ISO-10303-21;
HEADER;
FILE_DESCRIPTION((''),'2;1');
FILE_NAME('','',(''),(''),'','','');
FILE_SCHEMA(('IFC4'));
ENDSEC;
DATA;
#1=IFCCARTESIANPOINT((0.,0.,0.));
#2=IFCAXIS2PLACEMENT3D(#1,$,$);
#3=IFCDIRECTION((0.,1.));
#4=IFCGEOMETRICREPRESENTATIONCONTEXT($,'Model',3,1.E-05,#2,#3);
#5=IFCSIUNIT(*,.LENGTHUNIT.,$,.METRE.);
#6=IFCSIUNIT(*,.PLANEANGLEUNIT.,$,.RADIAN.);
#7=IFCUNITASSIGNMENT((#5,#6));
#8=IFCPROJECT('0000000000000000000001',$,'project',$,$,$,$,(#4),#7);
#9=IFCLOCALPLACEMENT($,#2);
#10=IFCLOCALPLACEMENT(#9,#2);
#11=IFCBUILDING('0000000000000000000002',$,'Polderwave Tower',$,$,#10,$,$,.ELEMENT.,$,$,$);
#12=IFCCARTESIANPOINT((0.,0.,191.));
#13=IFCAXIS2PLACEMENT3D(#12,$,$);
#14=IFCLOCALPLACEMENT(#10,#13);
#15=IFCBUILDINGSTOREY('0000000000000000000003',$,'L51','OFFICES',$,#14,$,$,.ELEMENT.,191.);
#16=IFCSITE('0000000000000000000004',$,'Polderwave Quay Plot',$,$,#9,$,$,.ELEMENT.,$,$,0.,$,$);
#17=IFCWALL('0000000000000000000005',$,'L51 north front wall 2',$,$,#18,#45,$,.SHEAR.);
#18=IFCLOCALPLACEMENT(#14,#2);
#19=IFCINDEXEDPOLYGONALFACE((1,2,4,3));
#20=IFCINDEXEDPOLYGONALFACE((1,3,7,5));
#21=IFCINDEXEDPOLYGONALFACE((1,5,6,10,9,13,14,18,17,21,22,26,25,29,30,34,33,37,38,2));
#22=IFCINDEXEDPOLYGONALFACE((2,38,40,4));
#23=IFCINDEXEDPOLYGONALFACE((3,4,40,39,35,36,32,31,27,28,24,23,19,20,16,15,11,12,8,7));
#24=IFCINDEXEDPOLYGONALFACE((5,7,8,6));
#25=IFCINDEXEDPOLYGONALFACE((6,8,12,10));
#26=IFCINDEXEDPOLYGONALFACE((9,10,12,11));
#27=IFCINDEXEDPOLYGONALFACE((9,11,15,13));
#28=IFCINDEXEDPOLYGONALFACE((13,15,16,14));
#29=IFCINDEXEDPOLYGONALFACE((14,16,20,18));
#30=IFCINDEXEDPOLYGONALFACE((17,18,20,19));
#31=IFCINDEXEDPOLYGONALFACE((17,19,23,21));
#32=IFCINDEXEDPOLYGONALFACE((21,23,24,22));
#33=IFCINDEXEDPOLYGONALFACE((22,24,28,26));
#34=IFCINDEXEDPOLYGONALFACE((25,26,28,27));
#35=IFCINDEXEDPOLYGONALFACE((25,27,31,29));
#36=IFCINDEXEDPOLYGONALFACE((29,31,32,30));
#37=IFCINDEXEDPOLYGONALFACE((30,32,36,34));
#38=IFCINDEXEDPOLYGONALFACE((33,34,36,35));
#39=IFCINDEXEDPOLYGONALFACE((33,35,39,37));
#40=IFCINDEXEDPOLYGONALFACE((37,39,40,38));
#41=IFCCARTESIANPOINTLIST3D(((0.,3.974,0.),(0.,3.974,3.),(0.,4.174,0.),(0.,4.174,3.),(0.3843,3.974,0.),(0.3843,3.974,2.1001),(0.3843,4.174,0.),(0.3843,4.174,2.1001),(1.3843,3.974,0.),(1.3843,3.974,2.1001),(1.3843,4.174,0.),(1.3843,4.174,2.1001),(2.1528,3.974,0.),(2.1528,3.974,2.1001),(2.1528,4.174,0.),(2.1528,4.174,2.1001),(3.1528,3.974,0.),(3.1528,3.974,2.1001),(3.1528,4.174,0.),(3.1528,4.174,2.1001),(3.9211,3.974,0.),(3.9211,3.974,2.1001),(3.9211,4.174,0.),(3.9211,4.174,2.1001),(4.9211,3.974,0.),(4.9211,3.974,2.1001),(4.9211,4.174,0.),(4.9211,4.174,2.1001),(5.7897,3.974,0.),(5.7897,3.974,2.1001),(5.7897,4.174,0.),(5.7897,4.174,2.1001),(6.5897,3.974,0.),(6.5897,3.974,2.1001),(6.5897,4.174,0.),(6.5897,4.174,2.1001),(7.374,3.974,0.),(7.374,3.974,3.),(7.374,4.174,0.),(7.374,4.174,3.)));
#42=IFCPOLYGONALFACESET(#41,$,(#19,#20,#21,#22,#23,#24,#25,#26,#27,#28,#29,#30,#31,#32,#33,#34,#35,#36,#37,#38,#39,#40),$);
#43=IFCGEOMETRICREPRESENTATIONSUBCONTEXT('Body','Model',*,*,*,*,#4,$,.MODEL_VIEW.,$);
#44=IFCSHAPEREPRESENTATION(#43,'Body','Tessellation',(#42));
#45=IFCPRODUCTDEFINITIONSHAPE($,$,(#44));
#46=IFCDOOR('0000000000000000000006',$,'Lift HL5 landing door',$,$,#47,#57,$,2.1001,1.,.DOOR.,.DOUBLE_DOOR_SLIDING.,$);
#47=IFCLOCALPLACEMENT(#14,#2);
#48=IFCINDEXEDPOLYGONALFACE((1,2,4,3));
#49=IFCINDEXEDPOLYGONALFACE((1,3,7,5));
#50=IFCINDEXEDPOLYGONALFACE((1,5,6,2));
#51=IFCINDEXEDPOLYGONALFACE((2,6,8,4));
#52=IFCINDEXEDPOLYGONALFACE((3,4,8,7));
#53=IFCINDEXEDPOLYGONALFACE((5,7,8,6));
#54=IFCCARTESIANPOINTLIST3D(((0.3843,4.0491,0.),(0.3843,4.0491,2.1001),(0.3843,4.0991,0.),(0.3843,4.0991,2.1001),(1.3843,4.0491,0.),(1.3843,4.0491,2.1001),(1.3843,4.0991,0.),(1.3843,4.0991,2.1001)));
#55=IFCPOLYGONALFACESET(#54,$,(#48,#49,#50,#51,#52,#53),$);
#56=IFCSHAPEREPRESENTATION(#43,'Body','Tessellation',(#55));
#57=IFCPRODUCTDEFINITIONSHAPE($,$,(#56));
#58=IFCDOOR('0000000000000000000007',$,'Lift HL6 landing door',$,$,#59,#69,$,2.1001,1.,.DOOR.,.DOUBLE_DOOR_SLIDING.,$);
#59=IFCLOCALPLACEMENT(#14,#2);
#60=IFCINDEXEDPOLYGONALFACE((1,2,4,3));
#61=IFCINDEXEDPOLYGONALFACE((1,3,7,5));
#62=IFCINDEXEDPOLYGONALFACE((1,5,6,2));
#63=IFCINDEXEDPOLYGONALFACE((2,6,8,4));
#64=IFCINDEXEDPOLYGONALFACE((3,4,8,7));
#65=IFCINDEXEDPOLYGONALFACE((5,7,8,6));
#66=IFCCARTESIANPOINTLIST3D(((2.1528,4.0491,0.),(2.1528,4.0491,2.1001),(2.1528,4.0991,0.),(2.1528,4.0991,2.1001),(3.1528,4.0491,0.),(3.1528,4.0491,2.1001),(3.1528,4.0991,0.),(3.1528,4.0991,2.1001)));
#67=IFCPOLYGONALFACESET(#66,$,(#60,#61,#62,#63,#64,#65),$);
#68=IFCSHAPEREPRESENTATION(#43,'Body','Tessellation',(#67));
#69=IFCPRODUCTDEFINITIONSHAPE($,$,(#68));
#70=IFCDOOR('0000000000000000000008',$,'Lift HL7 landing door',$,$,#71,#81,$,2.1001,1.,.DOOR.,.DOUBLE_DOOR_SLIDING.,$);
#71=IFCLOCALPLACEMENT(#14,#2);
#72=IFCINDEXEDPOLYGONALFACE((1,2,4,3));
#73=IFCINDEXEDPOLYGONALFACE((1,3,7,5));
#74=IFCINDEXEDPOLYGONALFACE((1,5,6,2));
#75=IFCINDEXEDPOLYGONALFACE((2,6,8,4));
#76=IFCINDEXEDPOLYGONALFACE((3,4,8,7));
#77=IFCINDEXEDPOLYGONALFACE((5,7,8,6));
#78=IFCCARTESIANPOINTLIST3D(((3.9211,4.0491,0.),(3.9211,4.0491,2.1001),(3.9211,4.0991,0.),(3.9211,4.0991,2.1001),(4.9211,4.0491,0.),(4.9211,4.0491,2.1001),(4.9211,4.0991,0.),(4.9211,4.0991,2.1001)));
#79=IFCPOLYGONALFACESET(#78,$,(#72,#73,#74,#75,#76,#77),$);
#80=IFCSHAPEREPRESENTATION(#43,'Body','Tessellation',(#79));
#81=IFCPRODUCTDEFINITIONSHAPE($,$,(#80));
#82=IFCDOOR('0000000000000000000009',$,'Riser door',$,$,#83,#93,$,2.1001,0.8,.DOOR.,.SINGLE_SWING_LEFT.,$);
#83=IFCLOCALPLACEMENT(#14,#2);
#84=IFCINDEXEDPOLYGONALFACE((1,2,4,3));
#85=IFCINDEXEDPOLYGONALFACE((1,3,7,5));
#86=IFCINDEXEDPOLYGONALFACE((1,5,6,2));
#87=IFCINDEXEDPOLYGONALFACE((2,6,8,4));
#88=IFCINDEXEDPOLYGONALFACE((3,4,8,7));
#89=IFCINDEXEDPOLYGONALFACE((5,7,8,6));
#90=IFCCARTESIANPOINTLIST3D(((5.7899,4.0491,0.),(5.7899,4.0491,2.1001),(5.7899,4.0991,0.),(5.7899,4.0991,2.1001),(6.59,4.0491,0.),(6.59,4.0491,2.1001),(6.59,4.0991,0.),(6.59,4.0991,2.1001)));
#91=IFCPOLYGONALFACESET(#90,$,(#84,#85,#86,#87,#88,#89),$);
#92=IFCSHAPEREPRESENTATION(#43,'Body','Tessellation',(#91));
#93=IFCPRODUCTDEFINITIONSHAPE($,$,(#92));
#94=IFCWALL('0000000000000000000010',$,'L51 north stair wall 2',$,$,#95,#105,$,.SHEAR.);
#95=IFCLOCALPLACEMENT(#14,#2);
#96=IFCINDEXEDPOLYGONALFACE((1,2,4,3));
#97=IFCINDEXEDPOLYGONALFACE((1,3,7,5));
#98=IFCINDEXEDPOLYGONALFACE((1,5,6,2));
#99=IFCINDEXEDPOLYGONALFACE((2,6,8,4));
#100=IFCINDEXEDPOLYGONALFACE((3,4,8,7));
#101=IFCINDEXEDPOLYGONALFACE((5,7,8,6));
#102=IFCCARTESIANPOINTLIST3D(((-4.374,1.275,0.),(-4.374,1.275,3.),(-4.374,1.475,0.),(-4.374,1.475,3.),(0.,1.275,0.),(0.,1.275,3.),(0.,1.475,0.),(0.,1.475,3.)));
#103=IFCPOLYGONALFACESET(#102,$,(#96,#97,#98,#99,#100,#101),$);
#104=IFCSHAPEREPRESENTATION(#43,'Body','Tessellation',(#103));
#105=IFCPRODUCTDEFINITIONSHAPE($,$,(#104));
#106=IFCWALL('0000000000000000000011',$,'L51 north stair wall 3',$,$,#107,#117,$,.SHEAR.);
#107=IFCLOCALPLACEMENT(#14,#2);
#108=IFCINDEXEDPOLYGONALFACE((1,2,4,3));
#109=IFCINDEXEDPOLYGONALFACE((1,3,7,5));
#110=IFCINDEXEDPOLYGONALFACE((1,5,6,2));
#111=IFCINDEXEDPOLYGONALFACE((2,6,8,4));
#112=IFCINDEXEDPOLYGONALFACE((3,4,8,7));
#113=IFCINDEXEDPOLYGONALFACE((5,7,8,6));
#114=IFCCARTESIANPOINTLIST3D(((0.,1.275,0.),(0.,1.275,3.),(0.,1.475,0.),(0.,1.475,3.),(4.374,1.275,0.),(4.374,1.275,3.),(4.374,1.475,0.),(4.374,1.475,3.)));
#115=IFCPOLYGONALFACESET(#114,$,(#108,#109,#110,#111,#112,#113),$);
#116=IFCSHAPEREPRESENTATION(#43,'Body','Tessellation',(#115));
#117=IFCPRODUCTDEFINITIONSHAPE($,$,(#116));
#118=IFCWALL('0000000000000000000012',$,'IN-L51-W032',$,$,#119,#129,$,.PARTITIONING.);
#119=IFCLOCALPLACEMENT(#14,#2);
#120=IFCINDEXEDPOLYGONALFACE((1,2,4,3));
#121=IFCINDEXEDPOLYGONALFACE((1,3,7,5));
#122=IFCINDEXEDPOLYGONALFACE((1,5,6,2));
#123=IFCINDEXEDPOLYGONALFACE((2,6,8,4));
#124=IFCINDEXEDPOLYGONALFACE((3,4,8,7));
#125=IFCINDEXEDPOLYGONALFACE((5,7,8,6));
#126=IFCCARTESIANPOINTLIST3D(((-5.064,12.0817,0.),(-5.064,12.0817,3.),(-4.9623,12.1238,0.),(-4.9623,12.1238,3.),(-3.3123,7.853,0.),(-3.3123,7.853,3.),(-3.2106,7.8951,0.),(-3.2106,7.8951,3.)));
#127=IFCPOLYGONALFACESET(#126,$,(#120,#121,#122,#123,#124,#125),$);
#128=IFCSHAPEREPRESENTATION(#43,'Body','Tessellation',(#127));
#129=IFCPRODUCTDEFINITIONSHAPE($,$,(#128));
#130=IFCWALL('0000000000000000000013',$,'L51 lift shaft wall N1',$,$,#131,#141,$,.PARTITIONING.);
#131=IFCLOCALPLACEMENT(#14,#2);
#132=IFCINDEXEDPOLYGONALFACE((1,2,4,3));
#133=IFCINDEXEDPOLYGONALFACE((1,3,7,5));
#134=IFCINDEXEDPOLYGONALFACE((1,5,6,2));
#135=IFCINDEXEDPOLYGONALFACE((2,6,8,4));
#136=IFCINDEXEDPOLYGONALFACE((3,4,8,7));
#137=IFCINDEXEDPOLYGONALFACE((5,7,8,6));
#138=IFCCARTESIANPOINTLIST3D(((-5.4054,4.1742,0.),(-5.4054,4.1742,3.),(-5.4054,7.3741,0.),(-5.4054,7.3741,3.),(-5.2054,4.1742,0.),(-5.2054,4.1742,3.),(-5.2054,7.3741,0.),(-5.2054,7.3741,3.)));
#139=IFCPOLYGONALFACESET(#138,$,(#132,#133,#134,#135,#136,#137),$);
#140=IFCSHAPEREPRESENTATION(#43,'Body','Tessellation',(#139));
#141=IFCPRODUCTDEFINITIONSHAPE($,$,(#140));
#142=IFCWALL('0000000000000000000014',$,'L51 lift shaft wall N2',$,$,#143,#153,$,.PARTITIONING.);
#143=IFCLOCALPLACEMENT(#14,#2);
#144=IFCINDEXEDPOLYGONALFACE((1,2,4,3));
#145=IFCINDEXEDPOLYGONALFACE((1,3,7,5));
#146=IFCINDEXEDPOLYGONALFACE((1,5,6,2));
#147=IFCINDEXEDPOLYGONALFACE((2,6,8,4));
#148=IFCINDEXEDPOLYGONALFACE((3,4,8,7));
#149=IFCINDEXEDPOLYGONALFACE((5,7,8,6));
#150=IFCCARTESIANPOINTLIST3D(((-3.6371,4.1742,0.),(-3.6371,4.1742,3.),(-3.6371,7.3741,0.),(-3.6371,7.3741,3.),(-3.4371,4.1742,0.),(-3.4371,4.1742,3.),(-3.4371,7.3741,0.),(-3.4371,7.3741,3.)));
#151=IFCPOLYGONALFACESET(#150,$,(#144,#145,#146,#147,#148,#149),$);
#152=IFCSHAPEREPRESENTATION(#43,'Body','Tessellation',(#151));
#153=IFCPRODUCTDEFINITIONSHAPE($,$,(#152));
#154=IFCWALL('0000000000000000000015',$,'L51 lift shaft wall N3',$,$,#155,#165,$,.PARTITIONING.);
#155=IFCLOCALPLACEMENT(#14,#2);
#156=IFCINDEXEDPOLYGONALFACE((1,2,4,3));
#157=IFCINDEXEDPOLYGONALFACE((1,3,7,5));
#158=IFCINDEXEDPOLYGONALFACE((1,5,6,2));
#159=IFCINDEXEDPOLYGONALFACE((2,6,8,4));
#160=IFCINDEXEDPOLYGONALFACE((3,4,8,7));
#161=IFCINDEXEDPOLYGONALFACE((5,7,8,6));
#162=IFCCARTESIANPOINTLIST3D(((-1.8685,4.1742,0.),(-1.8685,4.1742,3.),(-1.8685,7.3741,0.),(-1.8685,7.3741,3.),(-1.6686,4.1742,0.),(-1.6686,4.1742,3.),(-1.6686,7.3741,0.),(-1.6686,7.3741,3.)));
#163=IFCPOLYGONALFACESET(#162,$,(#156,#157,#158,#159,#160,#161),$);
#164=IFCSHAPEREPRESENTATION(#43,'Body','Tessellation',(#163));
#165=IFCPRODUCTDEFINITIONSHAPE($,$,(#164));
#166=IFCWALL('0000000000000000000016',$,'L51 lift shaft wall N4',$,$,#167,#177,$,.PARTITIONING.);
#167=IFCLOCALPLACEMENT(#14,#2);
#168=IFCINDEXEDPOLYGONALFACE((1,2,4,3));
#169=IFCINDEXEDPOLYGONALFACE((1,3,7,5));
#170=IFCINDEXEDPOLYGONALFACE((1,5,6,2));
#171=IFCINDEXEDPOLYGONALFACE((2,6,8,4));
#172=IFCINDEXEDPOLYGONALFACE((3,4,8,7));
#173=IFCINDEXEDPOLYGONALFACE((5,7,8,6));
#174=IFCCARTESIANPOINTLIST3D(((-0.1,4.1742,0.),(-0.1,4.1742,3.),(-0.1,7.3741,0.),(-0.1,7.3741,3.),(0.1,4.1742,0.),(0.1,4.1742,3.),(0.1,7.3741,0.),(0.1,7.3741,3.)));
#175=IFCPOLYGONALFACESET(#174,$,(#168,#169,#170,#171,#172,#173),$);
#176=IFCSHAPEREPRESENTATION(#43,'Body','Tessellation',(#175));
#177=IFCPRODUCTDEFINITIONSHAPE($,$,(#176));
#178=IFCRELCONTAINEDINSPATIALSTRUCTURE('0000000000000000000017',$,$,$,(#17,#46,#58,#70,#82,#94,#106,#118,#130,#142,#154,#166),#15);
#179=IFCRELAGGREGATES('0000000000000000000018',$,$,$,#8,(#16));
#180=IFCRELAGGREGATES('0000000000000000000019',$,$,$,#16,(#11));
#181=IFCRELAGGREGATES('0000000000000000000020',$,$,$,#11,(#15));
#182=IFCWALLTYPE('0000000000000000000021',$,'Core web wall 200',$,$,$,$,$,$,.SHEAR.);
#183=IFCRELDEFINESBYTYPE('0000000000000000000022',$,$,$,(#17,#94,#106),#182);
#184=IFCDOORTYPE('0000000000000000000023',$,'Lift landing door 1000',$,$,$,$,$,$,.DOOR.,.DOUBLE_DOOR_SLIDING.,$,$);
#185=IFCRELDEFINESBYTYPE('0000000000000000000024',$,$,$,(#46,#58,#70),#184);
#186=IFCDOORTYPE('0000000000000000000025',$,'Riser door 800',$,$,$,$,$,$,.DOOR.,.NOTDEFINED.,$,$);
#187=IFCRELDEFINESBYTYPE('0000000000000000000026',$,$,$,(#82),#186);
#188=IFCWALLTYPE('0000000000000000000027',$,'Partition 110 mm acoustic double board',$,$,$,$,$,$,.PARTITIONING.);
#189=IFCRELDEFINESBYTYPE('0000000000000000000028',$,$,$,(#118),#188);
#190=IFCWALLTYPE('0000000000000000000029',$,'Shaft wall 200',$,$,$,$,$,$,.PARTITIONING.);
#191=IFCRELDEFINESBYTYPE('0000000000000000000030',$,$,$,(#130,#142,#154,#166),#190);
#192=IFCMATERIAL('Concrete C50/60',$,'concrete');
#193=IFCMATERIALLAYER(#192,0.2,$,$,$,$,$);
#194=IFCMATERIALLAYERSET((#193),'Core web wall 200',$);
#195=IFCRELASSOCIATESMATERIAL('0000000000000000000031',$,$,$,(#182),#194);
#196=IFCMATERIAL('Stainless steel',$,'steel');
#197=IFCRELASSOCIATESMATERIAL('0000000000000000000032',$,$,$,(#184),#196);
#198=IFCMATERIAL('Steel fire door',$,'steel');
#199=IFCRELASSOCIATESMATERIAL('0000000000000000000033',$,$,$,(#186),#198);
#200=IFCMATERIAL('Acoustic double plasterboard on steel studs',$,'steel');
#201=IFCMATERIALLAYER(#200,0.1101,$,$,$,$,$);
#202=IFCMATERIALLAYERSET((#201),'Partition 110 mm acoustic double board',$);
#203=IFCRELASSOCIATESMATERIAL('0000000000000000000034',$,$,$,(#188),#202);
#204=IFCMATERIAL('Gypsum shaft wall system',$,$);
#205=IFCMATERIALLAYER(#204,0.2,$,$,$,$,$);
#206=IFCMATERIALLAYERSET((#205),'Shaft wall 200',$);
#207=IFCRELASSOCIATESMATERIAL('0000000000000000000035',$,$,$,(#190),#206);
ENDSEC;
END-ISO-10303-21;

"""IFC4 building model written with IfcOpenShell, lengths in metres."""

from ifc_helpers import new_model, si_unit, direction, frame, frame_2d, origin, place, context, subcontext, project, spatial, rectangle, extrude, material, layer, layer_set, type_object, element, fill, save


model = new_model("IFC4")

# Units and contexts
model_context = context("Model", 3, precision=1e-05, world=origin(), true_north=direction((0.0, 1.0)))
body_context = subcontext(model_context, "Body", "Model", "MODEL_VIEW")
ifc_project = project(units=[si_unit("LENGTHUNIT", "METRE"), si_unit("PLANEANGLEUNIT", "RADIAN")], contexts=[model_context])

# Site, building, storey
site_placement = place(None, origin())
site = spatial("IfcSite", under=ifc_project, at=site_placement, Name="Polderwave Quay Plot", CompositionType="ELEMENT", RefElevation=0.0)
building_placement = place(site_placement, origin())
building = spatial("IfcBuilding", under=site, at=building_placement, Name="Polderwave Tower", CompositionType="ELEMENT")
storey_placement = place(building_placement, frame((0.0, 0.0, 191.0)))
storey = spatial("IfcBuildingStorey", under=building, at=storey_placement, Name="L51", Description="OFFICES", CompositionType="ELEMENT", Elevation=191.0)

# Wall, openings, doors
ifc_material_1 = material(Name="Concrete C50/60", Category="concrete")
ifc_layer_1 = layer(ifc_material_1, 0.2)
ifc_layer_set_1 = layer_set([ifc_layer_1], Name="Core web wall 200")
wall_type_1 = type_object("IfcWallType", Name="Core web wall 200", PredefinedType="SHEAR", material=ifc_layer_set_1)
wall_1_placement = place(storey_placement, frame((0.0, 4.074, 0.0), z_axis=(0.0, 0.0, 1.0), x_axis=(1.0, 0.0, 0.0)))
wall_1 = element("IfcWall", 1, at=wall_1_placement, inside=storey, type_object=wall_type_1, Name="L51 north front wall 2", PredefinedType="SHEAR", context=body_context, shape_type="SweptSolid", body=[
    extrude(rectangle(XDim=7.374, YDim=0.2, at=frame_2d((3.687, 0.0))), origin(), (0.0, 0.0, 1.0), 3.0),
])
opening_1_placement = place(wall_1_placement, frame((0.3843, 0.0, 0.0)))
opening_1 = element("IfcOpeningElement", 2, at=opening_1_placement, cuts=wall_1, PredefinedType="OPENING", context=body_context, shape_type="SweptSolid", body=[
    extrude(rectangle(XDim=1.0, YDim=2.1001, at=frame_2d((0.5, 1.05))), frame((0.0, 0.1099, 0.0), z_axis=(0.0, -1.0, 0.0), x_axis=(1.0, 0.0, 0.0)), (0.0, 0.0, 1.0), 0.22),
])
opening_2_placement = place(wall_1_placement, frame((2.1528, 0.0, 0.0)))
opening_2 = element("IfcOpeningElement", 3, at=opening_2_placement, cuts=wall_1, PredefinedType="OPENING", context=body_context, shape_type="SweptSolid", body=[
    extrude(rectangle(XDim=1.0, YDim=2.1001, at=frame_2d((0.5, 1.05))), frame((0.0, 0.1099, 0.0), z_axis=(0.0, -1.0, 0.0), x_axis=(1.0, 0.0, 0.0)), (0.0, 0.0, 1.0), 0.22),
])
opening_3_placement = place(wall_1_placement, frame((3.9211, 0.0, 0.0)))
opening_3 = element("IfcOpeningElement", 4, at=opening_3_placement, cuts=wall_1, PredefinedType="OPENING", context=body_context, shape_type="SweptSolid", body=[
    extrude(rectangle(XDim=1.0, YDim=2.1001, at=frame_2d((0.5, 1.05))), frame((0.0, 0.1099, 0.0), z_axis=(0.0, -1.0, 0.0), x_axis=(1.0, 0.0, 0.0)), (0.0, 0.0, 1.0), 0.22),
])
opening_4_placement = place(wall_1_placement, frame((5.7898, 0.0, 0.0)))
opening_4 = element("IfcOpeningElement", 5, at=opening_4_placement, cuts=wall_1, PredefinedType="OPENING", context=body_context, shape_type="SweptSolid", body=[
    extrude(rectangle(XDim=0.8, YDim=2.1001, at=frame_2d((0.3999, 1.05))), frame((0.0, 0.1099, 0.0), z_axis=(0.0, -1.0, 0.0), x_axis=(1.0, 0.0, 0.0)), (0.0, 0.0, 1.0), 0.22),
])
ifc_material_2 = material(Name="Stainless steel", Category="steel")
door_type_1 = type_object("IfcDoorType", Name="Lift landing door 1000", OperationType="DOUBLE_DOOR_SLIDING", PredefinedType="DOOR", material=ifc_material_2)
door_1_placement = place(opening_1_placement, frame((1.0, 0.0, 0.0), z_axis=(0.0, 0.0, 1.0), x_axis=(-1.0, 0.0, 0.0)))
door_1 = element("IfcDoor", 6, at=door_1_placement, inside=storey, type_object=door_type_1, Name="Lift HL5 landing door", OperationType="DOUBLE_DOOR_SLIDING", OverallHeight=2.1001, OverallWidth=1.0, PredefinedType="DOOR", context=body_context, shape_type="SweptSolid", body=[
    extrude(rectangle(XDim=1.0, YDim=2.1001, at=frame_2d((0.5, 1.05))), frame((0.0, 0.0249, 0.0), z_axis=(0.0, -1.0, 0.0), x_axis=(1.0, 0.0, 0.0)), (0.0, 0.0, 1.0), 0.05),
])
fill(opening_1, door_1)
door_2_placement = place(opening_2_placement, frame((1.0, 0.0, 0.0), z_axis=(0.0, 0.0, 1.0), x_axis=(-1.0, 0.0, 0.0)))
door_2 = element("IfcDoor", 7, at=door_2_placement, inside=storey, type_object=door_type_1, Name="Lift HL6 landing door", OperationType="DOUBLE_DOOR_SLIDING", OverallHeight=2.1001, OverallWidth=1.0, PredefinedType="DOOR", context=body_context, shape_type="SweptSolid", body=[
    extrude(rectangle(XDim=1.0, YDim=2.1001, at=frame_2d((0.5, 1.05))), frame((0.0, 0.0249, 0.0), z_axis=(0.0, -1.0, 0.0), x_axis=(1.0, 0.0, 0.0)), (0.0, 0.0, 1.0), 0.05),
])
fill(opening_2, door_2)
door_3_placement = place(opening_3_placement, frame((1.0, 0.0, 0.0), z_axis=(0.0, 0.0, 1.0), x_axis=(-1.0, 0.0, 0.0)))
door_3 = element("IfcDoor", 8, at=door_3_placement, inside=storey, type_object=door_type_1, Name="Lift HL7 landing door", OperationType="DOUBLE_DOOR_SLIDING", OverallHeight=2.1001, OverallWidth=1.0, PredefinedType="DOOR", context=body_context, shape_type="SweptSolid", body=[
    extrude(rectangle(XDim=1.0, YDim=2.1001, at=frame_2d((0.5, 1.05))), frame((0.0, 0.0249, 0.0), z_axis=(0.0, -1.0, 0.0), x_axis=(1.0, 0.0, 0.0)), (0.0, 0.0, 1.0), 0.05),
])
fill(opening_3, door_3)
ifc_material_3 = material(Name="Steel fire door", Category="steel")
door_type_2 = type_object("IfcDoorType", Name="Riser door 800", OperationType="NOTDEFINED", PredefinedType="DOOR", material=ifc_material_3)
door_4_placement = place(opening_4_placement, frame((0.8, 0.0, 0.0), z_axis=(0.0, 0.0, 1.0), x_axis=(-1.0, 0.0, 0.0)))
door_4 = element("IfcDoor", 9, at=door_4_placement, inside=storey, type_object=door_type_2, Name="Riser door", OperationType="SINGLE_SWING_LEFT", OverallHeight=2.1001, OverallWidth=0.8, PredefinedType="DOOR", context=body_context, shape_type="SweptSolid", body=[
    extrude(rectangle(XDim=0.8, YDim=2.1001, at=frame_2d((0.3999, 1.05))), frame((0.0, 0.0249, 0.0), z_axis=(0.0, -1.0, 0.0), x_axis=(1.0, 0.0, 0.0)), (0.0, 0.0, 1.0), 0.05),
])
fill(opening_4, door_4)

# Walls
for number, where, z_axis, x_axis, name in (
    (10, (-4.374, 1.375, 0.0), (0.0, 0.0, 1.0), (1.0, 0.0, 0.0), "L51 north stair wall 2"),
    (11, (0.0, 1.375, 0.0), (0.0, 0.0, 1.0), (1.0, 0.0, 0.0), "L51 north stair wall 3"),
):
    element("IfcWall", number, at=place(storey_placement, frame(where, z_axis=z_axis, x_axis=x_axis)), inside=storey, type_object=wall_type_1, Name=name, PredefinedType="SHEAR", context=body_context, shape_type="SweptSolid", body=[
        extrude(rectangle(XDim=4.374, YDim=0.2, at=frame_2d((2.187, 0.0))), origin(), (0.0, 0.0, 1.0), 3.0),
    ])
ifc_material_4 = material(Name="Acoustic double plasterboard on steel studs", Category="steel")
ifc_layer_2 = layer(ifc_material_4, 0.1101)
ifc_layer_set_2 = layer_set([ifc_layer_2], Name="Partition 110 mm acoustic double board")
wall_type_2 = type_object("IfcWallType", Name="Partition 110 mm acoustic double board", PredefinedType="PARTITIONING", material=ifc_layer_set_2)
wall_2_placement = place(storey_placement, frame((-3.2615, 7.874, 0.0), z_axis=(0.0, 0.0, 1.0), x_axis=(-0.382702, 0.923872, 0.0)))
element("IfcWall", 12, at=wall_2_placement, inside=storey, type_object=wall_type_2, Name="IN-L51-W032", PredefinedType="PARTITIONING", context=body_context, shape_type="SweptSolid", body=[
    extrude(rectangle(XDim=4.5771, YDim=0.1101, at=frame_2d((2.2886, 0.0))), origin(), (0.0, 0.0, 1.0), 3.0),
])
ifc_material_5 = material(Name="Gypsum shaft wall system")
ifc_layer_3 = layer(ifc_material_5, 0.2)
ifc_layer_set_3 = layer_set([ifc_layer_3], Name="Shaft wall 200")
wall_type_3 = type_object("IfcWallType", Name="Shaft wall 200", PredefinedType="PARTITIONING", material=ifc_layer_set_3)
for number, where, z_axis, x_axis, name in (
    (13, (-5.3054, 4.1741, 0.0), (0.0, 0.0, 1.0), (0.0, 1.0, 0.0), "L51 lift shaft wall N1"),
    (14, (-3.5371, 4.1741, 0.0), (0.0, 0.0, 1.0), (0.0, 1.0, 0.0), "L51 lift shaft wall N2"),
    (15, (-1.7686, 4.1741, 0.0), (0.0, 0.0, 1.0), (0.0, 1.0, 0.0), "L51 lift shaft wall N3"),
    (16, (0.0, 4.1741, 0.0), (0.0, 0.0, 1.0), (0.0, 1.0, 0.0), "L51 lift shaft wall N4"),
):
    element("IfcWall", number, at=place(storey_placement, frame(where, z_axis=z_axis, x_axis=x_axis)), inside=storey, type_object=wall_type_3, Name=name, PredefinedType="PARTITIONING", context=body_context, shape_type="SweptSolid", body=[
        extrude(rectangle(XDim=3.2, YDim=0.2, at=frame_2d((1.6001, 0.0))), origin(), (0.0, 0.0, 1.0), 3.0),
    ])

save(model, "model.ifc")
